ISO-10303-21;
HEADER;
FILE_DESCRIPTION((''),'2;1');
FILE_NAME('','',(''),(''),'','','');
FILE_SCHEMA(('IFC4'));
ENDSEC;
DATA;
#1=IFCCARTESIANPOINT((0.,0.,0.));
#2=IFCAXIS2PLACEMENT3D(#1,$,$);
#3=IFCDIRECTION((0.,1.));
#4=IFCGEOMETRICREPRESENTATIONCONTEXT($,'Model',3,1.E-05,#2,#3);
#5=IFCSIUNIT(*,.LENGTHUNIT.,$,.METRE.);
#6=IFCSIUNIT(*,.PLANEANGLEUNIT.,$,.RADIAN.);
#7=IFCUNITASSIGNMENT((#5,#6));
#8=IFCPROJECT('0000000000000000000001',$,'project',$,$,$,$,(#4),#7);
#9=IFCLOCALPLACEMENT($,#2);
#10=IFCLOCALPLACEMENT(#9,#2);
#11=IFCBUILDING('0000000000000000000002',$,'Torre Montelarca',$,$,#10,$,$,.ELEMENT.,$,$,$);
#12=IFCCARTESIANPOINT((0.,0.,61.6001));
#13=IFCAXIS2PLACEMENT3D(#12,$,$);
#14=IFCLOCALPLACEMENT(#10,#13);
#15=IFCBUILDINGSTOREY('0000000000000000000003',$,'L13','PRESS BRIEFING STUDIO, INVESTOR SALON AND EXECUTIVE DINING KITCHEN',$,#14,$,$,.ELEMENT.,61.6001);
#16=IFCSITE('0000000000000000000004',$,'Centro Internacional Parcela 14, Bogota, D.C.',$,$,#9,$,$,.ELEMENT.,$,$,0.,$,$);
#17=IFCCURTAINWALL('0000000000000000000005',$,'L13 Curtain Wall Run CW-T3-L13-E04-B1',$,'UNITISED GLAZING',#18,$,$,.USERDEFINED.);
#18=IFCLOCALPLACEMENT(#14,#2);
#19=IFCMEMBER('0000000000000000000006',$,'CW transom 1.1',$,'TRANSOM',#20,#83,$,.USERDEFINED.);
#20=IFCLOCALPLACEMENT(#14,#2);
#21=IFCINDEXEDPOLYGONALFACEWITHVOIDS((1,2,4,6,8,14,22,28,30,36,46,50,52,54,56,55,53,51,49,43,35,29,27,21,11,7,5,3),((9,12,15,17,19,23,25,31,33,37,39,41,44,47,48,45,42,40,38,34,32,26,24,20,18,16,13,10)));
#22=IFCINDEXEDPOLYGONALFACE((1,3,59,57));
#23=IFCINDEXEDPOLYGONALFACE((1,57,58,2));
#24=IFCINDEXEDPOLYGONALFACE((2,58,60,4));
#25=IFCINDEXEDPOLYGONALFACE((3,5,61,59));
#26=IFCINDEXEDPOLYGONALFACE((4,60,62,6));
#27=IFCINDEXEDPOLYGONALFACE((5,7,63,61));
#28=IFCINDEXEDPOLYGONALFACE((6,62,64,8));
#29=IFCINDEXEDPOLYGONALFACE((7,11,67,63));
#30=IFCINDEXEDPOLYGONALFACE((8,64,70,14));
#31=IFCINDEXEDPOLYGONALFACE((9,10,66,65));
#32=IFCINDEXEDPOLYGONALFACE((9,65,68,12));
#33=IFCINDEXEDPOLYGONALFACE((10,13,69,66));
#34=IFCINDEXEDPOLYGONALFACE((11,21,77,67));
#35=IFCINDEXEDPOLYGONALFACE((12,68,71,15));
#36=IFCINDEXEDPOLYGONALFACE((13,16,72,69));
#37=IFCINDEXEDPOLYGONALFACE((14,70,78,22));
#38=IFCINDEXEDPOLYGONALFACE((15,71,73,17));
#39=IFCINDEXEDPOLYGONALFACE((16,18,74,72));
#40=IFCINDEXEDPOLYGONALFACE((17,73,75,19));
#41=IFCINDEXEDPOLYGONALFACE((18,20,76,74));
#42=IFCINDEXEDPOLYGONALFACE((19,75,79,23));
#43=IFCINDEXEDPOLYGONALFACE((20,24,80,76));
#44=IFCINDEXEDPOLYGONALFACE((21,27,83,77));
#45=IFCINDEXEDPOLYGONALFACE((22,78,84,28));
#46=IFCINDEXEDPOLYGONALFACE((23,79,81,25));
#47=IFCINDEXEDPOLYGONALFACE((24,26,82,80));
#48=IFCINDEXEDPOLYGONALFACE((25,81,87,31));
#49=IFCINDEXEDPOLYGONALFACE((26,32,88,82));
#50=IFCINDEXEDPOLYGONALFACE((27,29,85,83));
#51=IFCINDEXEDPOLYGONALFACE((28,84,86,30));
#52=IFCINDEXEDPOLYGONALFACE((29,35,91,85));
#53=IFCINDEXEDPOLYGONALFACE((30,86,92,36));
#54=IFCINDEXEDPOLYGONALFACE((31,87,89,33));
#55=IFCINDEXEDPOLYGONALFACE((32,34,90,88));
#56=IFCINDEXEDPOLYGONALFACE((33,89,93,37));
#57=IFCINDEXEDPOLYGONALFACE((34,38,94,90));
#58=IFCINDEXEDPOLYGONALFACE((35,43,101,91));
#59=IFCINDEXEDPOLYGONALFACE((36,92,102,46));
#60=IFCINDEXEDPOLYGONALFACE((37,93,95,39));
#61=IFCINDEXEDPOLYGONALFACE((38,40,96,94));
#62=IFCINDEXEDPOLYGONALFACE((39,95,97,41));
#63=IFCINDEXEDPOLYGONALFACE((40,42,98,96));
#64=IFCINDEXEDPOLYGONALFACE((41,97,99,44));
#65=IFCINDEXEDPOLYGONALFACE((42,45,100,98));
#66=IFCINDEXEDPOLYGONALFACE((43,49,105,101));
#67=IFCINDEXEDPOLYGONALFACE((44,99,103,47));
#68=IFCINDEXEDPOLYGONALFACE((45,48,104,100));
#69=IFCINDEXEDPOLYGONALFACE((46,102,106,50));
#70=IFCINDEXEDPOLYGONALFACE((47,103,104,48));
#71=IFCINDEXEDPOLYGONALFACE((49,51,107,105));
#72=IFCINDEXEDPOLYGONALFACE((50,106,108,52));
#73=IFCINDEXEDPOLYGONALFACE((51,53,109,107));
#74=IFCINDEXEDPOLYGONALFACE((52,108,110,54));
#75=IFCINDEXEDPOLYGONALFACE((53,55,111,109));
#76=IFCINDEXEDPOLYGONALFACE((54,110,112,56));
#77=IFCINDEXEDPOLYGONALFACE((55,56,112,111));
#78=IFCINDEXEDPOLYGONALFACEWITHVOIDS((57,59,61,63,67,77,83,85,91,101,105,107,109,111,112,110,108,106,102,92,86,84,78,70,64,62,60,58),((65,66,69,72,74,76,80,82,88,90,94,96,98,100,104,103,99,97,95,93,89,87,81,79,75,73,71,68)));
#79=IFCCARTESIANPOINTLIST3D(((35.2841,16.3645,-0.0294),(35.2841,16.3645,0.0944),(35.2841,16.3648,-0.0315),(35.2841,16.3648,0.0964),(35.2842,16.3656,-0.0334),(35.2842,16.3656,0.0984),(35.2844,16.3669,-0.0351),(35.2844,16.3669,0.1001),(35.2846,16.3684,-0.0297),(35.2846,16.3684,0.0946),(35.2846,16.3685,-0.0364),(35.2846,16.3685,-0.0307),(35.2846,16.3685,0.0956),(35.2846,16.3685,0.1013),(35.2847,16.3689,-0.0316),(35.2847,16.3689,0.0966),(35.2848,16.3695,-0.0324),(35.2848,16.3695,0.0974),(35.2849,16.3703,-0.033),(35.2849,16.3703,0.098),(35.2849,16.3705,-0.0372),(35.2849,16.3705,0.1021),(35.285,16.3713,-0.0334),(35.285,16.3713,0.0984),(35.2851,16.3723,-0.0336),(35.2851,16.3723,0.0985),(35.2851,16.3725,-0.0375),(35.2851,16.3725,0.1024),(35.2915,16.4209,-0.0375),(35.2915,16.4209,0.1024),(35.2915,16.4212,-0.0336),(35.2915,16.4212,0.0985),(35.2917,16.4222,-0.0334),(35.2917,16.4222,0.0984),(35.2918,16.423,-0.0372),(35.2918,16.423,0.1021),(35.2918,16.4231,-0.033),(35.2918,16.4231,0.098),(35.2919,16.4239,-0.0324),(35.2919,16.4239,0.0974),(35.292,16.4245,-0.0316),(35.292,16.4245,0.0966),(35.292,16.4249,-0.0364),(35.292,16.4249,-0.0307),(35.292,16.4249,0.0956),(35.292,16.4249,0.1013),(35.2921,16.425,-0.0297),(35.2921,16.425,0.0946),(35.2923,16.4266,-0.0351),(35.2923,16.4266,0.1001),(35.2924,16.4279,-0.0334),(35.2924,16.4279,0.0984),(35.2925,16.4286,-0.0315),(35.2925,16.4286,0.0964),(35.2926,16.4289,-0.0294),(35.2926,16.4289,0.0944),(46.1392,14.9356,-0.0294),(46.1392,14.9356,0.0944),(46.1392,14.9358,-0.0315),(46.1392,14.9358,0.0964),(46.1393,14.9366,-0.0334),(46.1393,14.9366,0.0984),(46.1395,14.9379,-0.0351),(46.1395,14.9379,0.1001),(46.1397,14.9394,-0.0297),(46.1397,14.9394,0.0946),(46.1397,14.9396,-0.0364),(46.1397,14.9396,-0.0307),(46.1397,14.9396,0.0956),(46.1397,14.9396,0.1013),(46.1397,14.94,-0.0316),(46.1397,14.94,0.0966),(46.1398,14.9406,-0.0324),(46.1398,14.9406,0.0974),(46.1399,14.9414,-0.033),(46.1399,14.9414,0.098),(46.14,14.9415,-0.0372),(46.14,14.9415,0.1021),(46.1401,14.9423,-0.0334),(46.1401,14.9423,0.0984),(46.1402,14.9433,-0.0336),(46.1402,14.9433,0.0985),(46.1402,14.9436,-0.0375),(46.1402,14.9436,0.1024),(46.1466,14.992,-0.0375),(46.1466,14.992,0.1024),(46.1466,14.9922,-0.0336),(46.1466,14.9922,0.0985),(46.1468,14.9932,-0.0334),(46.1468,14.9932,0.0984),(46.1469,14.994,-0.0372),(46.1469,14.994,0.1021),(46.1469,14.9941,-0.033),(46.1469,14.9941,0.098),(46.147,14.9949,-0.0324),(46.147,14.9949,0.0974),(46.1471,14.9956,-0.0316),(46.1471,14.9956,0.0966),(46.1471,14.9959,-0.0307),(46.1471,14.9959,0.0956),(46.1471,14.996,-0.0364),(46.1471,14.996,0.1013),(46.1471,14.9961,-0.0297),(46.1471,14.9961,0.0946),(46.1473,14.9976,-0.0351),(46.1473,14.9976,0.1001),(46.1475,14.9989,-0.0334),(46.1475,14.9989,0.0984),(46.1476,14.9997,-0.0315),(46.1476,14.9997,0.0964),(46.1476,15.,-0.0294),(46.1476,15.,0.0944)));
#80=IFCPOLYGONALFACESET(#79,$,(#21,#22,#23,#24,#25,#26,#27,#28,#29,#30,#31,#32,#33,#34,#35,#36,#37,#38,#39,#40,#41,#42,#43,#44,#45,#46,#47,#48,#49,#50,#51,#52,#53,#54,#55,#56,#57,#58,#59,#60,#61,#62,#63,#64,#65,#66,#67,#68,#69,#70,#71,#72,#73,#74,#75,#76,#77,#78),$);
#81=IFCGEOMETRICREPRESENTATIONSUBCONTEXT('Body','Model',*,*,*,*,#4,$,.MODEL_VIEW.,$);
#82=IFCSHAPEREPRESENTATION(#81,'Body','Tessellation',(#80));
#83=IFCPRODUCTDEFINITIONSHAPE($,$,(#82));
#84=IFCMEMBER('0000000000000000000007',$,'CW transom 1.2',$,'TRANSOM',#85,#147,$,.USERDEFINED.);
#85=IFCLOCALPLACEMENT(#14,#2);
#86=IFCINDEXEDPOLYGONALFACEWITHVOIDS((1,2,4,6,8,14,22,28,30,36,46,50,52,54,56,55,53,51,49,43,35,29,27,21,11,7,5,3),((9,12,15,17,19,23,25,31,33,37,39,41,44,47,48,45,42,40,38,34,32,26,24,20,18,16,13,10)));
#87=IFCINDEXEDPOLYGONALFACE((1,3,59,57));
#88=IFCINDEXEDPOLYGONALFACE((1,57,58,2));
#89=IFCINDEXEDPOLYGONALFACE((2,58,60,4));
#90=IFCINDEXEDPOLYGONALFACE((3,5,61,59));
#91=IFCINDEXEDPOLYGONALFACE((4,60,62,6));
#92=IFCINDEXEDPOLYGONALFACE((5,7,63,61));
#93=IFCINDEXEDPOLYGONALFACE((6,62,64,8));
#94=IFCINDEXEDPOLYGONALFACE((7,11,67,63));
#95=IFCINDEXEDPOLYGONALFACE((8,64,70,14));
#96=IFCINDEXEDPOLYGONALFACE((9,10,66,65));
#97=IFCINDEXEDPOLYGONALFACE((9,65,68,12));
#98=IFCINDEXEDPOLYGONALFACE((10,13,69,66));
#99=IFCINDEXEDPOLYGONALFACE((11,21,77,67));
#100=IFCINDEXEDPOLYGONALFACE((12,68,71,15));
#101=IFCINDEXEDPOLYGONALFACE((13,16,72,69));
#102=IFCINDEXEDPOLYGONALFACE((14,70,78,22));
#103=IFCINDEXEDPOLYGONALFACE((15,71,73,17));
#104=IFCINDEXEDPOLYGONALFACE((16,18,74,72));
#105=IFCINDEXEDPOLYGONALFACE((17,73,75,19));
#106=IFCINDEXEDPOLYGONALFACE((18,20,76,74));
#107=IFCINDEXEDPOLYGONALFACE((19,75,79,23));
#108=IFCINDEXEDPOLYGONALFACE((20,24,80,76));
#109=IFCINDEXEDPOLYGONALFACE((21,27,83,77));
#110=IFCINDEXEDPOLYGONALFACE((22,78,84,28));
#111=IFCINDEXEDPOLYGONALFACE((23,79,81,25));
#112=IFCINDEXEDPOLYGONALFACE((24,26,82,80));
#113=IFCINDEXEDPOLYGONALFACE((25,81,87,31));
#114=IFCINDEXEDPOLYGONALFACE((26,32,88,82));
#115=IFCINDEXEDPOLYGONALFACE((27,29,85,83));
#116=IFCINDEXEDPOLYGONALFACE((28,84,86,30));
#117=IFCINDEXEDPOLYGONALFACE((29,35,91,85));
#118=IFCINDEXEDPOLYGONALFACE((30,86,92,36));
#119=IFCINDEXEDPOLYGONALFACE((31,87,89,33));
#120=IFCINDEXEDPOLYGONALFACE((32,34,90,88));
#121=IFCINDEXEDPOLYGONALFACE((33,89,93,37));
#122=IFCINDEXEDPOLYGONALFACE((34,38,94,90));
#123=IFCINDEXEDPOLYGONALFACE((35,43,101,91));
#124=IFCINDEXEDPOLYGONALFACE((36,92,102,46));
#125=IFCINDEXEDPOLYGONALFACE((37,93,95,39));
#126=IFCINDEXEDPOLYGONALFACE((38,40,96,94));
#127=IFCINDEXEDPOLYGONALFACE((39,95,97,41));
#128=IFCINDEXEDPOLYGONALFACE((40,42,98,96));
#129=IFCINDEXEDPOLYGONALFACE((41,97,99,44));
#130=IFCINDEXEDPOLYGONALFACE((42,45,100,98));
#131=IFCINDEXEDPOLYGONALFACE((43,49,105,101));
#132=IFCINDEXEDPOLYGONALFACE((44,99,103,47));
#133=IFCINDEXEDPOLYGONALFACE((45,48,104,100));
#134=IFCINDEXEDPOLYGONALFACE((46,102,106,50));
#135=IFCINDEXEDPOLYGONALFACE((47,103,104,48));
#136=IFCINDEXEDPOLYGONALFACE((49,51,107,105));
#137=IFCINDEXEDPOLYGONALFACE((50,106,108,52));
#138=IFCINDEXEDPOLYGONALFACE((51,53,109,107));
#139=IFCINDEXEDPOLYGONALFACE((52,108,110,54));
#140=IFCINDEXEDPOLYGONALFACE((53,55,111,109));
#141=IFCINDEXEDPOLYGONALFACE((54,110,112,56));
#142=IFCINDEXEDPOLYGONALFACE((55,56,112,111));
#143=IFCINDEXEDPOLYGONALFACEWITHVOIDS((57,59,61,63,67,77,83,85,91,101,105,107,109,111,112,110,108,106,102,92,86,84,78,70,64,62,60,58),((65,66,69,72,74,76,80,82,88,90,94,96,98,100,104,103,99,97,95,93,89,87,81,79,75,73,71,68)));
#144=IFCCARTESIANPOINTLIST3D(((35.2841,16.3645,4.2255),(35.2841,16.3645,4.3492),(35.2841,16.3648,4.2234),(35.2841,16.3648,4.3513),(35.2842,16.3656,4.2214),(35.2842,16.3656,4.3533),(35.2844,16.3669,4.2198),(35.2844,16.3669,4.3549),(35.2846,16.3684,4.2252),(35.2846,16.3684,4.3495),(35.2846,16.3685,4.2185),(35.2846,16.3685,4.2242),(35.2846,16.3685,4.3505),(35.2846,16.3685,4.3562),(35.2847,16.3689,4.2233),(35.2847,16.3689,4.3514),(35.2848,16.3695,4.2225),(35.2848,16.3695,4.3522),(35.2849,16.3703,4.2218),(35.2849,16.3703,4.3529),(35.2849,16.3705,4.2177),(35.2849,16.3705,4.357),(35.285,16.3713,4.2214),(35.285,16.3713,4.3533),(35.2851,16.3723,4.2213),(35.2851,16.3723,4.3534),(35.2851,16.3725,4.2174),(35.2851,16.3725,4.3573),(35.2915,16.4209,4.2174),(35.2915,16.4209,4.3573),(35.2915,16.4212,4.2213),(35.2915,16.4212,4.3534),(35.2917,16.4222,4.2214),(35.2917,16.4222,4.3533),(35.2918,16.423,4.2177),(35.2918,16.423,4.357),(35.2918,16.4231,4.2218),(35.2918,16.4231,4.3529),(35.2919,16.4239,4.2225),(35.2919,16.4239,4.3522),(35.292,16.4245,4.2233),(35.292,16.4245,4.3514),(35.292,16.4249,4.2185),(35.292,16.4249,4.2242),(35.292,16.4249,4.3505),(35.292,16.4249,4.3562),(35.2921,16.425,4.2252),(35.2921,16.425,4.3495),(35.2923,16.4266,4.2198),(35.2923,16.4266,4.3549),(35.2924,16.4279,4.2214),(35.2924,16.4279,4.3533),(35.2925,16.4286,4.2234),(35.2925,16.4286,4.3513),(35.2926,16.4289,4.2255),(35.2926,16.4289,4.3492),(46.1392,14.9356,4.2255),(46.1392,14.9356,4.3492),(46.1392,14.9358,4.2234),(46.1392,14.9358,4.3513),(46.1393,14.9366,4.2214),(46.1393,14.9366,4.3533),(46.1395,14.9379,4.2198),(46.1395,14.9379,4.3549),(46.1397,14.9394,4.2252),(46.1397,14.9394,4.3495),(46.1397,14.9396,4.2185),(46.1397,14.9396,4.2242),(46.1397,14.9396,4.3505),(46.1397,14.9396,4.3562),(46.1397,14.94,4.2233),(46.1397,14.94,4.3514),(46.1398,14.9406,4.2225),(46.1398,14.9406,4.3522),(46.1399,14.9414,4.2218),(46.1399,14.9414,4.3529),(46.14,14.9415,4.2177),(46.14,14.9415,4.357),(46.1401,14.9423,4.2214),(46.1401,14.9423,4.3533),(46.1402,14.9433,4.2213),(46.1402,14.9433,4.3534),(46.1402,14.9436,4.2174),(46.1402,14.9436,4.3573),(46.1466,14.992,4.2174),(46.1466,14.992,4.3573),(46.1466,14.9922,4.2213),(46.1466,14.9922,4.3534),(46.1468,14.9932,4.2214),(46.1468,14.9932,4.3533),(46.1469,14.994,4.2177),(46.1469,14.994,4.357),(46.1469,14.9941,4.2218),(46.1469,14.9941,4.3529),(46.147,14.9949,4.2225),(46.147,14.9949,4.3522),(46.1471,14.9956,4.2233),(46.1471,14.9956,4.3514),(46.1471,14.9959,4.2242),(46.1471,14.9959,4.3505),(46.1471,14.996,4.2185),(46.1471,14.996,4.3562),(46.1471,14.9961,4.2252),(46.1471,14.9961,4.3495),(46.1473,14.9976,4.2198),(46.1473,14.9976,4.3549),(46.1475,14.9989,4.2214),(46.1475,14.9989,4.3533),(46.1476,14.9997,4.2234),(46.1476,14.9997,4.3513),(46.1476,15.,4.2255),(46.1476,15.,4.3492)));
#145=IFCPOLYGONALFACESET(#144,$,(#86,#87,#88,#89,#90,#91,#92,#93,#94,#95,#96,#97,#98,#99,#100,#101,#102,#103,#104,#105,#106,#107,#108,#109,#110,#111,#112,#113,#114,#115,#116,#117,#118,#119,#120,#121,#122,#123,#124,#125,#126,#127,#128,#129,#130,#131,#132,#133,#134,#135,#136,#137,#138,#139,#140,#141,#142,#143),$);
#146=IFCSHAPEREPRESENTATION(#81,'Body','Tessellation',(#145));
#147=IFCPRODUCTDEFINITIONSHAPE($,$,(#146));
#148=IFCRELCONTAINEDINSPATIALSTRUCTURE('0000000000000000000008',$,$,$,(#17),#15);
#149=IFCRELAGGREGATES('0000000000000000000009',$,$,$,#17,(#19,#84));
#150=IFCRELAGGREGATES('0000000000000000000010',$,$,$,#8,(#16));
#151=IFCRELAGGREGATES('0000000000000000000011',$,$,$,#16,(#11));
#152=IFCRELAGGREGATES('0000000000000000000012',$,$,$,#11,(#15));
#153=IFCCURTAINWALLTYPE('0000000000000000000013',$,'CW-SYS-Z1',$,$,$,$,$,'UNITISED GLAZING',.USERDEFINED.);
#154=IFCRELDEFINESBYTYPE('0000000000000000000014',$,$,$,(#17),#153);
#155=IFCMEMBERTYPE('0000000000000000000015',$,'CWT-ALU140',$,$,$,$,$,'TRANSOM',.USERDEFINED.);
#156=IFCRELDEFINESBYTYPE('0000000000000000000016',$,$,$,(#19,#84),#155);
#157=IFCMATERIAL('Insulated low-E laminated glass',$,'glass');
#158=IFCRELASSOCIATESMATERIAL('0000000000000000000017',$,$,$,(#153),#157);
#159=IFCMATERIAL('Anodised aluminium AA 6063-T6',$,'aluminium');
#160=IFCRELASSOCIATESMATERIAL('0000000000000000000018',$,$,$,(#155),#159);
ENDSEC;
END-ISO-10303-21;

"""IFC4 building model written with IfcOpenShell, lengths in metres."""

from ifc_helpers import new_model, si_unit, direction, frame, origin, origin_2d, place, context, subcontext, project, spatial, hollow_rectangle, extrude, source, transform, mapped, material, material_profile, profile_set, type_object, element, aggregate, save


model = new_model("IFC4")

# Units and contexts
model_context = context("Model", 3, precision=1e-05, world=origin(), true_north=direction((0.0, 1.0)))
body_context = subcontext(model_context, "Body", "Model", "MODEL_VIEW")
ifc_project = project(units=[si_unit("LENGTHUNIT", "METRE"), si_unit("PLANEANGLEUNIT", "RADIAN")], contexts=[model_context])

# Site, building, storey
site_placement = place(None, origin())
site = spatial("IfcSite", under=ifc_project, at=site_placement, Name="Centro Internacional Parcela 14, Bogota, D.C.", CompositionType="ELEMENT", RefElevation=0.0)
building_placement = place(site_placement, origin())
building = spatial("IfcBuilding", under=site, at=building_placement, Name="Torre Montelarca", CompositionType="ELEMENT")
storey_placement = place(building_placement, frame((0.0, 0.0, 61.6001)))
storey = spatial("IfcBuildingStorey", under=building, at=storey_placement, Name="L13", Description="PRESS BRIEFING STUDIO, INVESTOR SALON AND EXECUTIVE DINING KITCHEN", CompositionType="ELEMENT", Elevation=61.6001)

# Curtain wall, members
ifc_material_1 = material(Name="Insulated low-E laminated glass", Category="glass")
curtain_wall_type = type_object("IfcCurtainWallType", Name="CW-SYS-Z1", ElementType="UNITISED GLAZING", PredefinedType="USERDEFINED", material=ifc_material_1)
ifc_material_2 = material(Name="Anodised aluminium AA 6063-T6", Category="aluminium")
ifc_material_profile_1 = material_profile(ifc_material_2, hollow_rectangle(XDim=0.0649, YDim=0.1399, WallThickness=0.0039, InnerFilletRadius=0.0039, OuterFilletRadius=0.0081, at=origin_2d()), Name="ALU65X140X4", Category="aluminium")
ifc_profile_set_1 = profile_set([ifc_material_profile_1], Name="Anodised aluminium AA 6063-T6")
member_type_1 = type_object("IfcMemberType", Name="CWT-ALU140", ElementType="TRANSOM", PredefinedType="USERDEFINED", material=ifc_profile_set_1)
curtain_wall_1_placement = place(storey_placement, origin())
curtain_wall_1 = element("IfcCurtainWall", 1, at=curtain_wall_1_placement, inside=storey, type_object=curtain_wall_type, Name="L13 Curtain Wall Run CW-T3-L13-E04-B1", ObjectType="UNITISED GLAZING", PredefinedType="USERDEFINED")
shared_shape_1 = source(origin(), body_context, "Body", "SweptSolid", [
    extrude(hollow_rectangle(XDim=0.0649, YDim=0.1399, WallThickness=0.0039, InnerFilletRadius=0.0039, OuterFilletRadius=0.0081, at=origin_2d()), origin(), (0.0, 0.0, 1.0), 10.9487),
])
member_1_placement = place(storey_placement, frame((35.2883, 16.3967, 0.0325), z_axis=(0.991446, -0.130515, 0.0), x_axis=(0.130515, 0.991446, 0.0)))
member_1 = element("IfcMember", 2, at=member_1_placement, type_object=member_type_1, Name="CW transom 1.1", ObjectType="TRANSOM", PredefinedType="USERDEFINED", context=body_context, shape_type="MappedRepresentation", body=[
    mapped(shared_shape_1, transform((0.0, 0.0, 0.0), scale=1.0)),
])
member_2_placement = place(storey_placement, frame((35.2883, 16.3967, 4.2874), z_axis=(0.991446, -0.130515, 0.0), x_axis=(0.130515, 0.991446, 0.0)))
member_2 = element("IfcMember", 3, at=member_2_placement, type_object=member_type_1, Name="CW transom 1.2", ObjectType="TRANSOM", PredefinedType="USERDEFINED", context=body_context, shape_type="MappedRepresentation", body=[
    mapped(shared_shape_1, transform((0.0, 0.0, 0.0), scale=1.0)),
])

aggregate(curtain_wall_1, [member_1, member_2])

save(model, "model.ifc")
